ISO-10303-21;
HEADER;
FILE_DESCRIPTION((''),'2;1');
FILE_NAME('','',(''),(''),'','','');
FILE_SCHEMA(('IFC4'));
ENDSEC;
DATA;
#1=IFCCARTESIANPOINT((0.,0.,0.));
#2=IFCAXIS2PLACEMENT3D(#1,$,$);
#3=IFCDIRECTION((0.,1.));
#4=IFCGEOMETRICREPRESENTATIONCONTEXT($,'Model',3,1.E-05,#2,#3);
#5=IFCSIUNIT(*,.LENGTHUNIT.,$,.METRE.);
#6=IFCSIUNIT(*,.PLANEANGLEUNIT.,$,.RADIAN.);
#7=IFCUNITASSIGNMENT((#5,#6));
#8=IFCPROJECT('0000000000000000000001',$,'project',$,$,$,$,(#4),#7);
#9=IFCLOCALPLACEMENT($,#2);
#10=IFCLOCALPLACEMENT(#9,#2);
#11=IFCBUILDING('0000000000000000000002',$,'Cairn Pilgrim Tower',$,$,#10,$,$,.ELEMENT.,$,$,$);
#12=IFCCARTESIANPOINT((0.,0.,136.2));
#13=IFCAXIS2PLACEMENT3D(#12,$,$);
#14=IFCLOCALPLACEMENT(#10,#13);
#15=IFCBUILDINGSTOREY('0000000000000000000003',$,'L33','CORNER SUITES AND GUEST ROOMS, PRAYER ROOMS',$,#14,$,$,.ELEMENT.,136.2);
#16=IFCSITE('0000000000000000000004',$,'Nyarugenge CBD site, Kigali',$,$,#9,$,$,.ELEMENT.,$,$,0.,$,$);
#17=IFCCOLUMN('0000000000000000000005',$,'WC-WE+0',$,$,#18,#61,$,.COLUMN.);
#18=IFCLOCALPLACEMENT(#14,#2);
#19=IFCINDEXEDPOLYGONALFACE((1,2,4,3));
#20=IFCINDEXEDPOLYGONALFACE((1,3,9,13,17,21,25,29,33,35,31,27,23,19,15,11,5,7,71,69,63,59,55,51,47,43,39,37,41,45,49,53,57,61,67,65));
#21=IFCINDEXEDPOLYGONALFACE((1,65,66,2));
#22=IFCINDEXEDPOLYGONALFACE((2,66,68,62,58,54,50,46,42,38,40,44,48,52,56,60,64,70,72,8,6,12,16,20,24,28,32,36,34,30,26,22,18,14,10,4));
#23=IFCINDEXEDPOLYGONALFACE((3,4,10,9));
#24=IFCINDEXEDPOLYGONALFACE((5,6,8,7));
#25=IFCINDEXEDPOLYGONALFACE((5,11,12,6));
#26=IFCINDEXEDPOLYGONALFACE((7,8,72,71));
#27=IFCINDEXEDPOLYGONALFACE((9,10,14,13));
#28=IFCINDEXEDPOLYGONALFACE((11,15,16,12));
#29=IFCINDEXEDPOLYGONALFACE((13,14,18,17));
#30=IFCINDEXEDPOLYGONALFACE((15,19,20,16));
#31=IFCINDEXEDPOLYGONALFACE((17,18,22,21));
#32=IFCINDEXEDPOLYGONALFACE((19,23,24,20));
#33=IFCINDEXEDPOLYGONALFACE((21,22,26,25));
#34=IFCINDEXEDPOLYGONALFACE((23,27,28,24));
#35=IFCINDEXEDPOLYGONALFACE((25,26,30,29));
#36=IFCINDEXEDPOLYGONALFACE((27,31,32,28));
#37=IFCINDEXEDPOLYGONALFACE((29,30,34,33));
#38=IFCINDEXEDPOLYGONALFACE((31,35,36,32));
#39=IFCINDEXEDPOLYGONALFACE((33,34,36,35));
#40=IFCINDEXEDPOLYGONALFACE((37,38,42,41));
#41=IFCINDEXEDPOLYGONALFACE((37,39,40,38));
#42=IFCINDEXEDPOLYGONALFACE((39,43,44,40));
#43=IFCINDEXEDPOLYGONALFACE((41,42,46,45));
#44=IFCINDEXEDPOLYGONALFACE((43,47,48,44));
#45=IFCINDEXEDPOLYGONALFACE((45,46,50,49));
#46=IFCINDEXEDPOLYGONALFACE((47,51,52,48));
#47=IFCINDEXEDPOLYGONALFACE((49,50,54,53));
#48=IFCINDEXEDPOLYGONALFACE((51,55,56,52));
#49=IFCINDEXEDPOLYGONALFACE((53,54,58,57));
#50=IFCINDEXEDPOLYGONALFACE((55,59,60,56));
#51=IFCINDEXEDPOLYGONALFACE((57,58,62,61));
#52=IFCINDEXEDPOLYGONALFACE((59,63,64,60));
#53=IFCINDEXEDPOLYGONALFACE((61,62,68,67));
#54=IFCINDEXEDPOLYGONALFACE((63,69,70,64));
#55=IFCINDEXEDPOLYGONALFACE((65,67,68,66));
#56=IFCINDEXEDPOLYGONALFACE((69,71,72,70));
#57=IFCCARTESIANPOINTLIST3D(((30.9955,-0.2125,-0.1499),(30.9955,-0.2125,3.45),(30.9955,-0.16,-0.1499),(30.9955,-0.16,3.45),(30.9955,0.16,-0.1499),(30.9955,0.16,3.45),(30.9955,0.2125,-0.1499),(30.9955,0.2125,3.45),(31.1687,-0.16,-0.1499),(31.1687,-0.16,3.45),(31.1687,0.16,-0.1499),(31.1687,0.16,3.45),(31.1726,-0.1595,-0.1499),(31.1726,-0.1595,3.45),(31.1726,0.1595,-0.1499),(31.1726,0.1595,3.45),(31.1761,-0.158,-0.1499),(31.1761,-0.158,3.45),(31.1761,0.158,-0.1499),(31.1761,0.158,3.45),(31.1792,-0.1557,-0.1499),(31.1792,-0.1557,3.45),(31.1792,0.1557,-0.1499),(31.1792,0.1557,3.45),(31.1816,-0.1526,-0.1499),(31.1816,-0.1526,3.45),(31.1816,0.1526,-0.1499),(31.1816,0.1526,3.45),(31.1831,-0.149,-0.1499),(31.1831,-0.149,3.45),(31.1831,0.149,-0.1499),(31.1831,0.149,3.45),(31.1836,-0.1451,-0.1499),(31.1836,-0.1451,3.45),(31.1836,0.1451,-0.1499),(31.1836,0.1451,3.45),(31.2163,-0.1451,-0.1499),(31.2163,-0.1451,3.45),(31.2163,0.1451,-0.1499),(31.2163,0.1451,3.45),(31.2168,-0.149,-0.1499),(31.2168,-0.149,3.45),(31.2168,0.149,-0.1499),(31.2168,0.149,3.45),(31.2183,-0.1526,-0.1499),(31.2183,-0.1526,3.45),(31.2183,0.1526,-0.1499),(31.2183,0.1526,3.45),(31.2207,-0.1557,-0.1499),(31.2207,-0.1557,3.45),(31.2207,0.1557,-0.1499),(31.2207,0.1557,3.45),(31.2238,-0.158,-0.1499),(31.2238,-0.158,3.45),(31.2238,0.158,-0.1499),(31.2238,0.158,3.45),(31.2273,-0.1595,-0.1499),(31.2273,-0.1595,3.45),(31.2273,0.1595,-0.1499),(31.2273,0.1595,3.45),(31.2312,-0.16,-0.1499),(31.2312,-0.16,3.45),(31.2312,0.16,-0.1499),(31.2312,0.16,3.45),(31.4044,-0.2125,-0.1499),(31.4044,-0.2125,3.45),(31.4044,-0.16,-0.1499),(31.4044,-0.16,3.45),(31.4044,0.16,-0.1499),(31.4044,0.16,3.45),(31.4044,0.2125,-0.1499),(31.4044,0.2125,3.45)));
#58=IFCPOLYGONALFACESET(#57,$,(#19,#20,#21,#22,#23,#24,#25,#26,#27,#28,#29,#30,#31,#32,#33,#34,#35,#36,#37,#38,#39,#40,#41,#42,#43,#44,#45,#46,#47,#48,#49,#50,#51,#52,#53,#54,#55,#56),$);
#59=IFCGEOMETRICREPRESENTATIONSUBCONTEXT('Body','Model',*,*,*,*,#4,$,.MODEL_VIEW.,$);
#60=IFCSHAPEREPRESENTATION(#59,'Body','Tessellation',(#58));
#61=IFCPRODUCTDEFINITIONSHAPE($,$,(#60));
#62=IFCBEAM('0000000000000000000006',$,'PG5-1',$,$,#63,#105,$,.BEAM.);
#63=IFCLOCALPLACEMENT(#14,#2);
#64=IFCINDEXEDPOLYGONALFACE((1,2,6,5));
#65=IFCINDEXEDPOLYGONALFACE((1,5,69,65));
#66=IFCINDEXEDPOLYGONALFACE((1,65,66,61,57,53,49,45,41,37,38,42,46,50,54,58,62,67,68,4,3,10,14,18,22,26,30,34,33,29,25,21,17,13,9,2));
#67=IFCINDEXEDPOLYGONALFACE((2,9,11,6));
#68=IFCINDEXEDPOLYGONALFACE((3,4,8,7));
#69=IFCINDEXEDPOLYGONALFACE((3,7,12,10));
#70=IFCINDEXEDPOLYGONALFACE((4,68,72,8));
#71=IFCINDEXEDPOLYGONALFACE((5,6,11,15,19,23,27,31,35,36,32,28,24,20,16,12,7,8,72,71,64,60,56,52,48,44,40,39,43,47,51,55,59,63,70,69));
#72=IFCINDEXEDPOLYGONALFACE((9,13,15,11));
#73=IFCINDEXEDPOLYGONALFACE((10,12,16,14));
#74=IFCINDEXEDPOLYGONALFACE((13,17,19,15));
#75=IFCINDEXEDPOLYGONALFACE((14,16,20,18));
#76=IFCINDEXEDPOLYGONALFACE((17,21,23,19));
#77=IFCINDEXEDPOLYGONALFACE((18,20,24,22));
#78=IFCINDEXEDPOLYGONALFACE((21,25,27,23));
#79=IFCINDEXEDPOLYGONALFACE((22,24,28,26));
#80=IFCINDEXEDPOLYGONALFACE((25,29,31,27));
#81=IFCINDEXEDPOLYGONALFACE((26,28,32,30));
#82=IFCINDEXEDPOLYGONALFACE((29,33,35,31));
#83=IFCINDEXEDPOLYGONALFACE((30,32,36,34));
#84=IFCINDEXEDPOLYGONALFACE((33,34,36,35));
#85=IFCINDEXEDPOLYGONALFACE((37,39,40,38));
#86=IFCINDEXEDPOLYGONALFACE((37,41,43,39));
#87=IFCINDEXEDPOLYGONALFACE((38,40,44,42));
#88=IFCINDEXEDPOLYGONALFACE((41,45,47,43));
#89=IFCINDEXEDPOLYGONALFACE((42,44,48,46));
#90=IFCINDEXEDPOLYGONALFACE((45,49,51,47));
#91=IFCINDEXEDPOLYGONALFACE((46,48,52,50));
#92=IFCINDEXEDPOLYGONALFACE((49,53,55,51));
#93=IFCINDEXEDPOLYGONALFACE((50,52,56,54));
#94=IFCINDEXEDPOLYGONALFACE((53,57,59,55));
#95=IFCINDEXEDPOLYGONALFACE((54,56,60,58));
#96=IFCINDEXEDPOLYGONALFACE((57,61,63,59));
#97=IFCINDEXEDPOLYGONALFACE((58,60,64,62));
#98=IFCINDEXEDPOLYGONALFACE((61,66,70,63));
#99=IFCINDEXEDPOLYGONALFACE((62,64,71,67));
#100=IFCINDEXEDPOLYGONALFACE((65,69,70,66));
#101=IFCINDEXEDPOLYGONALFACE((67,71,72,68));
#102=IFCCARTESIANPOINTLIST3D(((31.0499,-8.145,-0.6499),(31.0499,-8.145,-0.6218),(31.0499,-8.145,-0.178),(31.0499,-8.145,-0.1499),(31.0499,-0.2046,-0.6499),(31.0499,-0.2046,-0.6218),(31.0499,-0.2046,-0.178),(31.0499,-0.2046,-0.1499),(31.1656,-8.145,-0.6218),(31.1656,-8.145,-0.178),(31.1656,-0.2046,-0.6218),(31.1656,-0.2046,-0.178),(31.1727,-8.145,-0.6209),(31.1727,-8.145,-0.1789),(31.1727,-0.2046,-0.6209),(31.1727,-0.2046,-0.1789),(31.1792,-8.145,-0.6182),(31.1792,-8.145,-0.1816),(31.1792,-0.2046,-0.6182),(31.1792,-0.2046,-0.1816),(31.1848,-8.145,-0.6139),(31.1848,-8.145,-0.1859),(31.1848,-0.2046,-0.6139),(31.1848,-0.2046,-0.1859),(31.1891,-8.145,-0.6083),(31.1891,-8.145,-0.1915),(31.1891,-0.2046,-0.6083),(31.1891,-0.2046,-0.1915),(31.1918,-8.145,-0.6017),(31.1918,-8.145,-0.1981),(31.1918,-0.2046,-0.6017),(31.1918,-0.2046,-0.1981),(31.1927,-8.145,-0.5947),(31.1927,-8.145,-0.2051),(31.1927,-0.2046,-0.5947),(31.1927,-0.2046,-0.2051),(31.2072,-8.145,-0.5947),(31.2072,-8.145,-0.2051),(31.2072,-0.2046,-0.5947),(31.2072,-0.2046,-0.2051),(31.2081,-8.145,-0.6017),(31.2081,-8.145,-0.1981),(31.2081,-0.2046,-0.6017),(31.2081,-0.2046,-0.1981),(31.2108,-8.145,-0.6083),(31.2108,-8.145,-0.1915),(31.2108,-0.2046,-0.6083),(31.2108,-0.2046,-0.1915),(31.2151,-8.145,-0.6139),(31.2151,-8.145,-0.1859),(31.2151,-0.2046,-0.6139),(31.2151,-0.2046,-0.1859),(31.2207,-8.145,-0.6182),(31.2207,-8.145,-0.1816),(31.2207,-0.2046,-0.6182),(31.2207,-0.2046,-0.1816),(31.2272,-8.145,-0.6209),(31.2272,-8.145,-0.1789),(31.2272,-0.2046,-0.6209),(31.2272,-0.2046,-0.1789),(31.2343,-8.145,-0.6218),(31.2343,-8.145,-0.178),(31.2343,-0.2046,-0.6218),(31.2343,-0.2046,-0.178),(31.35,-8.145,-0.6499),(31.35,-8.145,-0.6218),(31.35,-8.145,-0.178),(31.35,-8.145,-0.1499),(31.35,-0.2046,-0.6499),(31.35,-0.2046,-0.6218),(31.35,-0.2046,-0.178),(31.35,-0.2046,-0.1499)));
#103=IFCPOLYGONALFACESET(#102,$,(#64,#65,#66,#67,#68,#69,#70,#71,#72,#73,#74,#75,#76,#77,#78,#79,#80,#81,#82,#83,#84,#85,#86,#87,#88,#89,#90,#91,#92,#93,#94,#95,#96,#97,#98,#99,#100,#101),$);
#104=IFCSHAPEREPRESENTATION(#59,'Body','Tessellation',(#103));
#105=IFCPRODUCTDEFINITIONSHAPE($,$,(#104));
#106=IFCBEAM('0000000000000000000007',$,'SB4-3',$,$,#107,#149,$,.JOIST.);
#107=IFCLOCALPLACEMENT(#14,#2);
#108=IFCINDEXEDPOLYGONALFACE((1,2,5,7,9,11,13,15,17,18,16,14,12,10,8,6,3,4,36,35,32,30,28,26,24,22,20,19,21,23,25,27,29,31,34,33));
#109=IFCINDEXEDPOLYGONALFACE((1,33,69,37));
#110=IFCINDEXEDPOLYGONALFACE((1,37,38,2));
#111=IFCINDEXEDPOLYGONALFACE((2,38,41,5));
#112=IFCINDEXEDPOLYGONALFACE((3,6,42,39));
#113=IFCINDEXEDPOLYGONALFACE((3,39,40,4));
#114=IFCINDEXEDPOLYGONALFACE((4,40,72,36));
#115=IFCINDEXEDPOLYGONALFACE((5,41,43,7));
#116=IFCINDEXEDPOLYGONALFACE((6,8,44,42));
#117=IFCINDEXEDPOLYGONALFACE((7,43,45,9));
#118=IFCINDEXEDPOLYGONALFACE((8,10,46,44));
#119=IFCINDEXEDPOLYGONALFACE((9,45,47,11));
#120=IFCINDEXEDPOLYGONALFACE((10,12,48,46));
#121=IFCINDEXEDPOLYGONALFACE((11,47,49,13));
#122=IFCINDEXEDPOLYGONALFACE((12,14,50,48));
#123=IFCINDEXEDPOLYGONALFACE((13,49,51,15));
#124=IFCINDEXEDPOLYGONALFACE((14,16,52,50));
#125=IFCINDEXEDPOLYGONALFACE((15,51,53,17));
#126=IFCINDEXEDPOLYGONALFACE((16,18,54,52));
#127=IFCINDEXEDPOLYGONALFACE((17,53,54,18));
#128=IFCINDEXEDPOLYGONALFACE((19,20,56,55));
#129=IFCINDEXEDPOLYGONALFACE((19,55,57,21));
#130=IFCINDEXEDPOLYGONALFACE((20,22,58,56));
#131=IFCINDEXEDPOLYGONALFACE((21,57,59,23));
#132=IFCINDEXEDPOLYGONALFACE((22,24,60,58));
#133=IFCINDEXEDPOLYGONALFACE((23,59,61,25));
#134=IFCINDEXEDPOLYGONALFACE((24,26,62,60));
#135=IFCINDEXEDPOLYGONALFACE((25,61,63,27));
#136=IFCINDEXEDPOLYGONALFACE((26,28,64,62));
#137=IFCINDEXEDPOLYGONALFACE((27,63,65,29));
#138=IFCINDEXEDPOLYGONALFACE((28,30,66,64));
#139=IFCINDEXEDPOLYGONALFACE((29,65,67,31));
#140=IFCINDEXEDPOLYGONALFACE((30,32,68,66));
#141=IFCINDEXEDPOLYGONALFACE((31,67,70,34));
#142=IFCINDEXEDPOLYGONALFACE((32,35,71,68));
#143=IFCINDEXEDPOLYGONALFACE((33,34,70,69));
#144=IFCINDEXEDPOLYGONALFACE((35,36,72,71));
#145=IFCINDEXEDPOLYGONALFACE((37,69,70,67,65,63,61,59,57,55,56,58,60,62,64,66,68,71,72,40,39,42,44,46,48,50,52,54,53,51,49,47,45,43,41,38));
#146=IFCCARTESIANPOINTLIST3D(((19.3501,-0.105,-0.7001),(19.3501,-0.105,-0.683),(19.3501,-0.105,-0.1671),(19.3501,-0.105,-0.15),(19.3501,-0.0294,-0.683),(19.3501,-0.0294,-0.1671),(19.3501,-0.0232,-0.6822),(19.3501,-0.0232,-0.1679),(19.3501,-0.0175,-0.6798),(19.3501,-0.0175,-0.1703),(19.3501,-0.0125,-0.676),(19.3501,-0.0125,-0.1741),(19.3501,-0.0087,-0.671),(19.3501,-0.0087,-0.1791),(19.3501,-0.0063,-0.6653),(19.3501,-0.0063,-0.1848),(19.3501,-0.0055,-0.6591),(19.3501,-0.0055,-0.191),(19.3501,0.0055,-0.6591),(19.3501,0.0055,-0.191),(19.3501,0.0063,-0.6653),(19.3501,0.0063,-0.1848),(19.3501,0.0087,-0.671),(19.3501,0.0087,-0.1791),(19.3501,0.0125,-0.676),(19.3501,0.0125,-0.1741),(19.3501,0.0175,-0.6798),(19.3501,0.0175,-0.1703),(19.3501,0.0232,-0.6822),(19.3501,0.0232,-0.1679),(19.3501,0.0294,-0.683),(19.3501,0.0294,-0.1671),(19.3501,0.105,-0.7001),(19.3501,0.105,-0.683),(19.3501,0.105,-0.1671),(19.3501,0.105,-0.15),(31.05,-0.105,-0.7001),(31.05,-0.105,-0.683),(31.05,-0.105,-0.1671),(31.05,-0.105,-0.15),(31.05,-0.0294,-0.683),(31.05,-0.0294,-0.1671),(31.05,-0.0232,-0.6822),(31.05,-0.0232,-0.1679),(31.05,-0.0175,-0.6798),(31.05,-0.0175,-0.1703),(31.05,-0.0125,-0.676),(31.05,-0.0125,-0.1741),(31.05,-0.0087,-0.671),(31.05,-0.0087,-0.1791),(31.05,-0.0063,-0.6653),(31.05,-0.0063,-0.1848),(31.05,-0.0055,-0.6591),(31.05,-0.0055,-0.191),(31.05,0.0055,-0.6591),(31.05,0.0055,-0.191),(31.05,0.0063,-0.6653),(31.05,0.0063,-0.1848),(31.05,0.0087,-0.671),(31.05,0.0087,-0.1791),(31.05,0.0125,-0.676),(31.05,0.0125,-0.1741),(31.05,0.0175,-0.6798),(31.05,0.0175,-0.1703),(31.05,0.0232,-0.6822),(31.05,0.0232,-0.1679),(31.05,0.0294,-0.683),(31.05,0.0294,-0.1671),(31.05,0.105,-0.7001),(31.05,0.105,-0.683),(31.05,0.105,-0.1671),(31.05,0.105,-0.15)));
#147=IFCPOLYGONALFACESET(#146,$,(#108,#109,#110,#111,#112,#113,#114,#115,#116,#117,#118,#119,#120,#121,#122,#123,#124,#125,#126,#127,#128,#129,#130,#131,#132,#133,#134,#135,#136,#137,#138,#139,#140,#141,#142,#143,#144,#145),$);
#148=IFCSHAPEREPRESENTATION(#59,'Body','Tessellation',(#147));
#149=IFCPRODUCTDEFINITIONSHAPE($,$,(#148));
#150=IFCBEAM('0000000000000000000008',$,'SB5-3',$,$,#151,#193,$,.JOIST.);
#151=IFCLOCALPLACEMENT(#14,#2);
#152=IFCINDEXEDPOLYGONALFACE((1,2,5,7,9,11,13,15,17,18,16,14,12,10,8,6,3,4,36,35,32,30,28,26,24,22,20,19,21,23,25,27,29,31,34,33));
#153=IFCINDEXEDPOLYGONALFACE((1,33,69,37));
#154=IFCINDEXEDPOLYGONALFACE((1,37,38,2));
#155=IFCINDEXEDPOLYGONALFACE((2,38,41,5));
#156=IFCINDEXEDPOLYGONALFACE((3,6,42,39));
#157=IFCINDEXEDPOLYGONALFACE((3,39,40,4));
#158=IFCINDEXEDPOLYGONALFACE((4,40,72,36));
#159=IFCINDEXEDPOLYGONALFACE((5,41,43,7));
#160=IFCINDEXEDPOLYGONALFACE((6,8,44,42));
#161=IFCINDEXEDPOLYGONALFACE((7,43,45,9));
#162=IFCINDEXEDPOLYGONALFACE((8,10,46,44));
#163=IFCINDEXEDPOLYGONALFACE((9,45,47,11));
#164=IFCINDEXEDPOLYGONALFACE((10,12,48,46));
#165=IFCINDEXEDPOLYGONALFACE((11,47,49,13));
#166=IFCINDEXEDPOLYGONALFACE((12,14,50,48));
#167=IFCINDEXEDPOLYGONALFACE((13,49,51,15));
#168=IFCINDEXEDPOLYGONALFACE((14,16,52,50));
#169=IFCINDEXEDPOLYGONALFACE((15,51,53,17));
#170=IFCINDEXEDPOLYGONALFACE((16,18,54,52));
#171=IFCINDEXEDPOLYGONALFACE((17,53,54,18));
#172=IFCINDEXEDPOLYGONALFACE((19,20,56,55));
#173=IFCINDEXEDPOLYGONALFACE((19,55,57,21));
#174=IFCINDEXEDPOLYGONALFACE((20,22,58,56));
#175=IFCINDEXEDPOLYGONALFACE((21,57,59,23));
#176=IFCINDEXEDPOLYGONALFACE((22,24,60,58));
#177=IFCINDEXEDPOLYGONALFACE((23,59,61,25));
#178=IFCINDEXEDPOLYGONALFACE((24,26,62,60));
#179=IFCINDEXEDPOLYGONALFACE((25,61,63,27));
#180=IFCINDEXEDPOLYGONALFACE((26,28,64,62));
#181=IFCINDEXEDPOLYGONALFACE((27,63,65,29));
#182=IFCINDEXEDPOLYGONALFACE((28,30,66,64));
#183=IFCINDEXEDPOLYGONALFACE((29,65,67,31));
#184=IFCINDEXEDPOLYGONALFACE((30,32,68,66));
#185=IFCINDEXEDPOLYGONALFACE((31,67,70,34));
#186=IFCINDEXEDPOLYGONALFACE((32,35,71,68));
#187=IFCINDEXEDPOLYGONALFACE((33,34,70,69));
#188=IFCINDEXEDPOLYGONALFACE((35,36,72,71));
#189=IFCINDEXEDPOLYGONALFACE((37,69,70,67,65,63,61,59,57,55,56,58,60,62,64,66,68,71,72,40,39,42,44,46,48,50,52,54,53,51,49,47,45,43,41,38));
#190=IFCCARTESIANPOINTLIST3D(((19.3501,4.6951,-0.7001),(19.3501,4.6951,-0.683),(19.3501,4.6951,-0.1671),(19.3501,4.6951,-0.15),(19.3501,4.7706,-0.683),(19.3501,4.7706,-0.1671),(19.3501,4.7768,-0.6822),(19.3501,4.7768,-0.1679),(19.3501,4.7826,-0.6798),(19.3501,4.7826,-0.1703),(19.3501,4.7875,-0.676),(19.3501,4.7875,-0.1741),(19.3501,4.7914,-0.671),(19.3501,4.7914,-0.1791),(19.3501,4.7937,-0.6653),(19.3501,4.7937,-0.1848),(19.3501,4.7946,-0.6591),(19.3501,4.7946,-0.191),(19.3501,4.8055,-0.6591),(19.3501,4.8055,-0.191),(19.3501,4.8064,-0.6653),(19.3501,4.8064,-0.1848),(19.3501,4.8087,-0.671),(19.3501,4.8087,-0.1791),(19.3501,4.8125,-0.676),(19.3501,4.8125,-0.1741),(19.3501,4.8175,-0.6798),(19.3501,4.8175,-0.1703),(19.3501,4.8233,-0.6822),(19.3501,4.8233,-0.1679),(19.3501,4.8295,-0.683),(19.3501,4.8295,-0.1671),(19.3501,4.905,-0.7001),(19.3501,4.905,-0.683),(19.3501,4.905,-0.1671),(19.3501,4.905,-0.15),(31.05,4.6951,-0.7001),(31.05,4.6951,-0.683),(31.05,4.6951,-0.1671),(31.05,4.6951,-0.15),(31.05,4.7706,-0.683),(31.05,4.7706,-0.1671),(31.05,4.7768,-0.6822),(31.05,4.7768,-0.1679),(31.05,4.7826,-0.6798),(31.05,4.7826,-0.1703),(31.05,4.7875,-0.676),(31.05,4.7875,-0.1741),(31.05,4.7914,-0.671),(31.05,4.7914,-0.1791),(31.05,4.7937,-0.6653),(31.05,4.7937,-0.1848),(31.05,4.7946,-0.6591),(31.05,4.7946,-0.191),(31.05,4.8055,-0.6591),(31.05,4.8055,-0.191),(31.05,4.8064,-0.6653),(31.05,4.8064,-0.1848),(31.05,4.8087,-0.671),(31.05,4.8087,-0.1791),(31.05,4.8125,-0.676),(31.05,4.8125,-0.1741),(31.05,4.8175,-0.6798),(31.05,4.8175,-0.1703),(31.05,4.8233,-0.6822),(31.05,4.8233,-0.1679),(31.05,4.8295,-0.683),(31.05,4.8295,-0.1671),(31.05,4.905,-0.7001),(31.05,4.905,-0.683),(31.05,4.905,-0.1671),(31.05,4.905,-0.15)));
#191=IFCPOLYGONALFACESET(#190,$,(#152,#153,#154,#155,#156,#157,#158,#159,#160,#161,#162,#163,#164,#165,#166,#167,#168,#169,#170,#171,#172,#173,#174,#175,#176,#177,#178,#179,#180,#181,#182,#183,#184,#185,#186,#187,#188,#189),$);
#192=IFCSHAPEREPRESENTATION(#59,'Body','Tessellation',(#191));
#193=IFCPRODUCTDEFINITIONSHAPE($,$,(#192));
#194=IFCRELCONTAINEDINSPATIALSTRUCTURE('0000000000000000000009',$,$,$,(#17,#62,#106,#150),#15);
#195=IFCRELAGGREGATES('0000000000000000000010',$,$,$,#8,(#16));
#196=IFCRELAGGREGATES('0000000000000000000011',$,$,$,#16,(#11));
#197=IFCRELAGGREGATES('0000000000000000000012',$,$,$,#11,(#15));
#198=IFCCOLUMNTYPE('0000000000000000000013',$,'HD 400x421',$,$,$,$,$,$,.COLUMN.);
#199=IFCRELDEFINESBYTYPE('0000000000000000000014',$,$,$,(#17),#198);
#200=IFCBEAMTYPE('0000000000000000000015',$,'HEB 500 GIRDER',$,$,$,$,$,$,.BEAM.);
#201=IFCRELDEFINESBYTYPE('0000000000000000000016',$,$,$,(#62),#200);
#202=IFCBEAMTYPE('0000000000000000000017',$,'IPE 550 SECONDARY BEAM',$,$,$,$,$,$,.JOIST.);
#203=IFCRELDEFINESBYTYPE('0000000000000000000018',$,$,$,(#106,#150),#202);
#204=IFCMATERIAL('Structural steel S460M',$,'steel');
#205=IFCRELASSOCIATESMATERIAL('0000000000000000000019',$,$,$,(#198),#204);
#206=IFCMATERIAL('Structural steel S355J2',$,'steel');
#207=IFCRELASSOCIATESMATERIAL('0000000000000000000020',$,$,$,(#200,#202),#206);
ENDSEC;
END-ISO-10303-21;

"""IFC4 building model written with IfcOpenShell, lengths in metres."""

from ifc_helpers import new_model, si_unit, direction, frame, origin, origin_2d, place, context, subcontext, project, spatial, i_section, extrude, material, material_profile, profile_set, type_object, element, save


model = new_model("IFC4")

# Units and contexts
model_context = context("Model", 3, precision=1e-05, world=origin(), true_north=direction((0.0, 1.0)))
body_context = subcontext(model_context, "Body", "Model", "MODEL_VIEW")
ifc_project = project(units=[si_unit("LENGTHUNIT", "METRE"), si_unit("PLANEANGLEUNIT", "RADIAN")], contexts=[model_context])

# Site, building, storey
site_placement = place(None, origin())
site = spatial("IfcSite", under=ifc_project, at=site_placement, Name="Nyarugenge CBD site, Kigali", CompositionType="ELEMENT", RefElevation=0.0)
building_placement = place(site_placement, origin())
building = spatial("IfcBuilding", under=site, at=building_placement, Name="Cairn Pilgrim Tower", CompositionType="ELEMENT")
storey_placement = place(building_placement, frame((0.0, 0.0, 136.2)))
storey = spatial("IfcBuildingStorey", under=building, at=storey_placement, Name="L33", Description="CORNER SUITES AND GUEST ROOMS, PRAYER ROOMS", CompositionType="ELEMENT", Elevation=136.2)

# Column
ifc_material_1 = material(Name="Structural steel S460M", Category="steel")
ifc_material_profile_1 = material_profile(ifc_material_1, i_section(OverallWidth=0.4089, OverallDepth=0.425, WebThickness=0.0327, FlangeThickness=0.0525, FilletRadius=0.0149, at=origin_2d()), Name="HD 400x421")
ifc_profile_set_1 = profile_set([ifc_material_profile_1], Name="Structural steel S460M")
column_type = type_object("IfcColumnType", Name="HD 400x421", PredefinedType="COLUMN", material=ifc_profile_set_1)
column_placement = place(storey_placement, frame((31.2, 0.0, -0.1499), z_axis=(0.0, 0.0, 1.0), x_axis=(1.0, 0.0, 0.0)))
element("IfcColumn", 1, at=column_placement, inside=storey, type_object=column_type, Name="WC-WE+0", PredefinedType="COLUMN", context=body_context, shape_type="SweptSolid", body=[
    extrude(i_section(OverallWidth=0.4089, OverallDepth=0.425, WebThickness=0.0327, FlangeThickness=0.0525, FilletRadius=0.0149, at=origin_2d()), origin(), (0.0, 0.0, 1.0), 3.5999),
])

# Beams
ifc_material_2 = material(Name="Structural steel S355J2", Category="steel")
ifc_material_profile_2 = material_profile(ifc_material_2, i_section(OverallWidth=0.3, OverallDepth=0.5, WebThickness=0.0144, FlangeThickness=0.0281, FilletRadius=0.0271, at=origin_2d()), Name="HEB 500")
ifc_profile_set_2 = profile_set([ifc_material_profile_2], Name="Structural steel S355J2")
beam_type_1 = type_object("IfcBeamType", Name="HEB 500 GIRDER", PredefinedType="BEAM", material=ifc_profile_set_2)
beam_placement = place(storey_placement, frame((31.2, -8.145, -0.3999), z_axis=(0.0, 1.0, 0.0), x_axis=(-1.0, 0.0, 0.0)))
element("IfcBeam", 2, at=beam_placement, inside=storey, type_object=beam_type_1, Name="PG5-1", PredefinedType="BEAM", context=body_context, shape_type="SweptSolid", body=[
    extrude(i_section(OverallWidth=0.3, OverallDepth=0.5, WebThickness=0.0144, FlangeThickness=0.0281, FilletRadius=0.0271, at=origin_2d()), origin(), (0.0, 0.0, 1.0), 7.9404),
])
ifc_material_profile_3 = material_profile(ifc_material_2, i_section(OverallWidth=0.21, OverallDepth=0.55, WebThickness=0.011, FlangeThickness=0.0171, FilletRadius=0.0239, at=origin_2d()), Name="IPE 550")
ifc_profile_set_3 = profile_set([ifc_material_profile_3], Name="Structural steel S355J2")
beam_type_2 = type_object("IfcBeamType", Name="IPE 550 SECONDARY BEAM", PredefinedType="JOIST", material=ifc_profile_set_3)
for number, where, z_axis, x_axis, name in (
    (3, (19.3501, 0.0, -0.425), (1.0, 0.0, 0.0), (0.0, 1.0, 0.0), "SB4-3"),
    (4, (19.3501, 4.8, -0.425), (1.0, 0.0, 0.0), (0.0, 1.0, 0.0), "SB5-3"),
):
    element("IfcBeam", number, at=place(storey_placement, frame(where, z_axis=z_axis, x_axis=x_axis)), inside=storey, type_object=beam_type_2, Name=name, PredefinedType="JOIST", context=body_context, shape_type="SweptSolid", body=[
        extrude(i_section(OverallWidth=0.21, OverallDepth=0.55, WebThickness=0.011, FlangeThickness=0.0171, FilletRadius=0.0239, at=origin_2d()), origin(), (0.0, 0.0, 1.0), 11.7),
    ])

save(model, "model.ifc")
